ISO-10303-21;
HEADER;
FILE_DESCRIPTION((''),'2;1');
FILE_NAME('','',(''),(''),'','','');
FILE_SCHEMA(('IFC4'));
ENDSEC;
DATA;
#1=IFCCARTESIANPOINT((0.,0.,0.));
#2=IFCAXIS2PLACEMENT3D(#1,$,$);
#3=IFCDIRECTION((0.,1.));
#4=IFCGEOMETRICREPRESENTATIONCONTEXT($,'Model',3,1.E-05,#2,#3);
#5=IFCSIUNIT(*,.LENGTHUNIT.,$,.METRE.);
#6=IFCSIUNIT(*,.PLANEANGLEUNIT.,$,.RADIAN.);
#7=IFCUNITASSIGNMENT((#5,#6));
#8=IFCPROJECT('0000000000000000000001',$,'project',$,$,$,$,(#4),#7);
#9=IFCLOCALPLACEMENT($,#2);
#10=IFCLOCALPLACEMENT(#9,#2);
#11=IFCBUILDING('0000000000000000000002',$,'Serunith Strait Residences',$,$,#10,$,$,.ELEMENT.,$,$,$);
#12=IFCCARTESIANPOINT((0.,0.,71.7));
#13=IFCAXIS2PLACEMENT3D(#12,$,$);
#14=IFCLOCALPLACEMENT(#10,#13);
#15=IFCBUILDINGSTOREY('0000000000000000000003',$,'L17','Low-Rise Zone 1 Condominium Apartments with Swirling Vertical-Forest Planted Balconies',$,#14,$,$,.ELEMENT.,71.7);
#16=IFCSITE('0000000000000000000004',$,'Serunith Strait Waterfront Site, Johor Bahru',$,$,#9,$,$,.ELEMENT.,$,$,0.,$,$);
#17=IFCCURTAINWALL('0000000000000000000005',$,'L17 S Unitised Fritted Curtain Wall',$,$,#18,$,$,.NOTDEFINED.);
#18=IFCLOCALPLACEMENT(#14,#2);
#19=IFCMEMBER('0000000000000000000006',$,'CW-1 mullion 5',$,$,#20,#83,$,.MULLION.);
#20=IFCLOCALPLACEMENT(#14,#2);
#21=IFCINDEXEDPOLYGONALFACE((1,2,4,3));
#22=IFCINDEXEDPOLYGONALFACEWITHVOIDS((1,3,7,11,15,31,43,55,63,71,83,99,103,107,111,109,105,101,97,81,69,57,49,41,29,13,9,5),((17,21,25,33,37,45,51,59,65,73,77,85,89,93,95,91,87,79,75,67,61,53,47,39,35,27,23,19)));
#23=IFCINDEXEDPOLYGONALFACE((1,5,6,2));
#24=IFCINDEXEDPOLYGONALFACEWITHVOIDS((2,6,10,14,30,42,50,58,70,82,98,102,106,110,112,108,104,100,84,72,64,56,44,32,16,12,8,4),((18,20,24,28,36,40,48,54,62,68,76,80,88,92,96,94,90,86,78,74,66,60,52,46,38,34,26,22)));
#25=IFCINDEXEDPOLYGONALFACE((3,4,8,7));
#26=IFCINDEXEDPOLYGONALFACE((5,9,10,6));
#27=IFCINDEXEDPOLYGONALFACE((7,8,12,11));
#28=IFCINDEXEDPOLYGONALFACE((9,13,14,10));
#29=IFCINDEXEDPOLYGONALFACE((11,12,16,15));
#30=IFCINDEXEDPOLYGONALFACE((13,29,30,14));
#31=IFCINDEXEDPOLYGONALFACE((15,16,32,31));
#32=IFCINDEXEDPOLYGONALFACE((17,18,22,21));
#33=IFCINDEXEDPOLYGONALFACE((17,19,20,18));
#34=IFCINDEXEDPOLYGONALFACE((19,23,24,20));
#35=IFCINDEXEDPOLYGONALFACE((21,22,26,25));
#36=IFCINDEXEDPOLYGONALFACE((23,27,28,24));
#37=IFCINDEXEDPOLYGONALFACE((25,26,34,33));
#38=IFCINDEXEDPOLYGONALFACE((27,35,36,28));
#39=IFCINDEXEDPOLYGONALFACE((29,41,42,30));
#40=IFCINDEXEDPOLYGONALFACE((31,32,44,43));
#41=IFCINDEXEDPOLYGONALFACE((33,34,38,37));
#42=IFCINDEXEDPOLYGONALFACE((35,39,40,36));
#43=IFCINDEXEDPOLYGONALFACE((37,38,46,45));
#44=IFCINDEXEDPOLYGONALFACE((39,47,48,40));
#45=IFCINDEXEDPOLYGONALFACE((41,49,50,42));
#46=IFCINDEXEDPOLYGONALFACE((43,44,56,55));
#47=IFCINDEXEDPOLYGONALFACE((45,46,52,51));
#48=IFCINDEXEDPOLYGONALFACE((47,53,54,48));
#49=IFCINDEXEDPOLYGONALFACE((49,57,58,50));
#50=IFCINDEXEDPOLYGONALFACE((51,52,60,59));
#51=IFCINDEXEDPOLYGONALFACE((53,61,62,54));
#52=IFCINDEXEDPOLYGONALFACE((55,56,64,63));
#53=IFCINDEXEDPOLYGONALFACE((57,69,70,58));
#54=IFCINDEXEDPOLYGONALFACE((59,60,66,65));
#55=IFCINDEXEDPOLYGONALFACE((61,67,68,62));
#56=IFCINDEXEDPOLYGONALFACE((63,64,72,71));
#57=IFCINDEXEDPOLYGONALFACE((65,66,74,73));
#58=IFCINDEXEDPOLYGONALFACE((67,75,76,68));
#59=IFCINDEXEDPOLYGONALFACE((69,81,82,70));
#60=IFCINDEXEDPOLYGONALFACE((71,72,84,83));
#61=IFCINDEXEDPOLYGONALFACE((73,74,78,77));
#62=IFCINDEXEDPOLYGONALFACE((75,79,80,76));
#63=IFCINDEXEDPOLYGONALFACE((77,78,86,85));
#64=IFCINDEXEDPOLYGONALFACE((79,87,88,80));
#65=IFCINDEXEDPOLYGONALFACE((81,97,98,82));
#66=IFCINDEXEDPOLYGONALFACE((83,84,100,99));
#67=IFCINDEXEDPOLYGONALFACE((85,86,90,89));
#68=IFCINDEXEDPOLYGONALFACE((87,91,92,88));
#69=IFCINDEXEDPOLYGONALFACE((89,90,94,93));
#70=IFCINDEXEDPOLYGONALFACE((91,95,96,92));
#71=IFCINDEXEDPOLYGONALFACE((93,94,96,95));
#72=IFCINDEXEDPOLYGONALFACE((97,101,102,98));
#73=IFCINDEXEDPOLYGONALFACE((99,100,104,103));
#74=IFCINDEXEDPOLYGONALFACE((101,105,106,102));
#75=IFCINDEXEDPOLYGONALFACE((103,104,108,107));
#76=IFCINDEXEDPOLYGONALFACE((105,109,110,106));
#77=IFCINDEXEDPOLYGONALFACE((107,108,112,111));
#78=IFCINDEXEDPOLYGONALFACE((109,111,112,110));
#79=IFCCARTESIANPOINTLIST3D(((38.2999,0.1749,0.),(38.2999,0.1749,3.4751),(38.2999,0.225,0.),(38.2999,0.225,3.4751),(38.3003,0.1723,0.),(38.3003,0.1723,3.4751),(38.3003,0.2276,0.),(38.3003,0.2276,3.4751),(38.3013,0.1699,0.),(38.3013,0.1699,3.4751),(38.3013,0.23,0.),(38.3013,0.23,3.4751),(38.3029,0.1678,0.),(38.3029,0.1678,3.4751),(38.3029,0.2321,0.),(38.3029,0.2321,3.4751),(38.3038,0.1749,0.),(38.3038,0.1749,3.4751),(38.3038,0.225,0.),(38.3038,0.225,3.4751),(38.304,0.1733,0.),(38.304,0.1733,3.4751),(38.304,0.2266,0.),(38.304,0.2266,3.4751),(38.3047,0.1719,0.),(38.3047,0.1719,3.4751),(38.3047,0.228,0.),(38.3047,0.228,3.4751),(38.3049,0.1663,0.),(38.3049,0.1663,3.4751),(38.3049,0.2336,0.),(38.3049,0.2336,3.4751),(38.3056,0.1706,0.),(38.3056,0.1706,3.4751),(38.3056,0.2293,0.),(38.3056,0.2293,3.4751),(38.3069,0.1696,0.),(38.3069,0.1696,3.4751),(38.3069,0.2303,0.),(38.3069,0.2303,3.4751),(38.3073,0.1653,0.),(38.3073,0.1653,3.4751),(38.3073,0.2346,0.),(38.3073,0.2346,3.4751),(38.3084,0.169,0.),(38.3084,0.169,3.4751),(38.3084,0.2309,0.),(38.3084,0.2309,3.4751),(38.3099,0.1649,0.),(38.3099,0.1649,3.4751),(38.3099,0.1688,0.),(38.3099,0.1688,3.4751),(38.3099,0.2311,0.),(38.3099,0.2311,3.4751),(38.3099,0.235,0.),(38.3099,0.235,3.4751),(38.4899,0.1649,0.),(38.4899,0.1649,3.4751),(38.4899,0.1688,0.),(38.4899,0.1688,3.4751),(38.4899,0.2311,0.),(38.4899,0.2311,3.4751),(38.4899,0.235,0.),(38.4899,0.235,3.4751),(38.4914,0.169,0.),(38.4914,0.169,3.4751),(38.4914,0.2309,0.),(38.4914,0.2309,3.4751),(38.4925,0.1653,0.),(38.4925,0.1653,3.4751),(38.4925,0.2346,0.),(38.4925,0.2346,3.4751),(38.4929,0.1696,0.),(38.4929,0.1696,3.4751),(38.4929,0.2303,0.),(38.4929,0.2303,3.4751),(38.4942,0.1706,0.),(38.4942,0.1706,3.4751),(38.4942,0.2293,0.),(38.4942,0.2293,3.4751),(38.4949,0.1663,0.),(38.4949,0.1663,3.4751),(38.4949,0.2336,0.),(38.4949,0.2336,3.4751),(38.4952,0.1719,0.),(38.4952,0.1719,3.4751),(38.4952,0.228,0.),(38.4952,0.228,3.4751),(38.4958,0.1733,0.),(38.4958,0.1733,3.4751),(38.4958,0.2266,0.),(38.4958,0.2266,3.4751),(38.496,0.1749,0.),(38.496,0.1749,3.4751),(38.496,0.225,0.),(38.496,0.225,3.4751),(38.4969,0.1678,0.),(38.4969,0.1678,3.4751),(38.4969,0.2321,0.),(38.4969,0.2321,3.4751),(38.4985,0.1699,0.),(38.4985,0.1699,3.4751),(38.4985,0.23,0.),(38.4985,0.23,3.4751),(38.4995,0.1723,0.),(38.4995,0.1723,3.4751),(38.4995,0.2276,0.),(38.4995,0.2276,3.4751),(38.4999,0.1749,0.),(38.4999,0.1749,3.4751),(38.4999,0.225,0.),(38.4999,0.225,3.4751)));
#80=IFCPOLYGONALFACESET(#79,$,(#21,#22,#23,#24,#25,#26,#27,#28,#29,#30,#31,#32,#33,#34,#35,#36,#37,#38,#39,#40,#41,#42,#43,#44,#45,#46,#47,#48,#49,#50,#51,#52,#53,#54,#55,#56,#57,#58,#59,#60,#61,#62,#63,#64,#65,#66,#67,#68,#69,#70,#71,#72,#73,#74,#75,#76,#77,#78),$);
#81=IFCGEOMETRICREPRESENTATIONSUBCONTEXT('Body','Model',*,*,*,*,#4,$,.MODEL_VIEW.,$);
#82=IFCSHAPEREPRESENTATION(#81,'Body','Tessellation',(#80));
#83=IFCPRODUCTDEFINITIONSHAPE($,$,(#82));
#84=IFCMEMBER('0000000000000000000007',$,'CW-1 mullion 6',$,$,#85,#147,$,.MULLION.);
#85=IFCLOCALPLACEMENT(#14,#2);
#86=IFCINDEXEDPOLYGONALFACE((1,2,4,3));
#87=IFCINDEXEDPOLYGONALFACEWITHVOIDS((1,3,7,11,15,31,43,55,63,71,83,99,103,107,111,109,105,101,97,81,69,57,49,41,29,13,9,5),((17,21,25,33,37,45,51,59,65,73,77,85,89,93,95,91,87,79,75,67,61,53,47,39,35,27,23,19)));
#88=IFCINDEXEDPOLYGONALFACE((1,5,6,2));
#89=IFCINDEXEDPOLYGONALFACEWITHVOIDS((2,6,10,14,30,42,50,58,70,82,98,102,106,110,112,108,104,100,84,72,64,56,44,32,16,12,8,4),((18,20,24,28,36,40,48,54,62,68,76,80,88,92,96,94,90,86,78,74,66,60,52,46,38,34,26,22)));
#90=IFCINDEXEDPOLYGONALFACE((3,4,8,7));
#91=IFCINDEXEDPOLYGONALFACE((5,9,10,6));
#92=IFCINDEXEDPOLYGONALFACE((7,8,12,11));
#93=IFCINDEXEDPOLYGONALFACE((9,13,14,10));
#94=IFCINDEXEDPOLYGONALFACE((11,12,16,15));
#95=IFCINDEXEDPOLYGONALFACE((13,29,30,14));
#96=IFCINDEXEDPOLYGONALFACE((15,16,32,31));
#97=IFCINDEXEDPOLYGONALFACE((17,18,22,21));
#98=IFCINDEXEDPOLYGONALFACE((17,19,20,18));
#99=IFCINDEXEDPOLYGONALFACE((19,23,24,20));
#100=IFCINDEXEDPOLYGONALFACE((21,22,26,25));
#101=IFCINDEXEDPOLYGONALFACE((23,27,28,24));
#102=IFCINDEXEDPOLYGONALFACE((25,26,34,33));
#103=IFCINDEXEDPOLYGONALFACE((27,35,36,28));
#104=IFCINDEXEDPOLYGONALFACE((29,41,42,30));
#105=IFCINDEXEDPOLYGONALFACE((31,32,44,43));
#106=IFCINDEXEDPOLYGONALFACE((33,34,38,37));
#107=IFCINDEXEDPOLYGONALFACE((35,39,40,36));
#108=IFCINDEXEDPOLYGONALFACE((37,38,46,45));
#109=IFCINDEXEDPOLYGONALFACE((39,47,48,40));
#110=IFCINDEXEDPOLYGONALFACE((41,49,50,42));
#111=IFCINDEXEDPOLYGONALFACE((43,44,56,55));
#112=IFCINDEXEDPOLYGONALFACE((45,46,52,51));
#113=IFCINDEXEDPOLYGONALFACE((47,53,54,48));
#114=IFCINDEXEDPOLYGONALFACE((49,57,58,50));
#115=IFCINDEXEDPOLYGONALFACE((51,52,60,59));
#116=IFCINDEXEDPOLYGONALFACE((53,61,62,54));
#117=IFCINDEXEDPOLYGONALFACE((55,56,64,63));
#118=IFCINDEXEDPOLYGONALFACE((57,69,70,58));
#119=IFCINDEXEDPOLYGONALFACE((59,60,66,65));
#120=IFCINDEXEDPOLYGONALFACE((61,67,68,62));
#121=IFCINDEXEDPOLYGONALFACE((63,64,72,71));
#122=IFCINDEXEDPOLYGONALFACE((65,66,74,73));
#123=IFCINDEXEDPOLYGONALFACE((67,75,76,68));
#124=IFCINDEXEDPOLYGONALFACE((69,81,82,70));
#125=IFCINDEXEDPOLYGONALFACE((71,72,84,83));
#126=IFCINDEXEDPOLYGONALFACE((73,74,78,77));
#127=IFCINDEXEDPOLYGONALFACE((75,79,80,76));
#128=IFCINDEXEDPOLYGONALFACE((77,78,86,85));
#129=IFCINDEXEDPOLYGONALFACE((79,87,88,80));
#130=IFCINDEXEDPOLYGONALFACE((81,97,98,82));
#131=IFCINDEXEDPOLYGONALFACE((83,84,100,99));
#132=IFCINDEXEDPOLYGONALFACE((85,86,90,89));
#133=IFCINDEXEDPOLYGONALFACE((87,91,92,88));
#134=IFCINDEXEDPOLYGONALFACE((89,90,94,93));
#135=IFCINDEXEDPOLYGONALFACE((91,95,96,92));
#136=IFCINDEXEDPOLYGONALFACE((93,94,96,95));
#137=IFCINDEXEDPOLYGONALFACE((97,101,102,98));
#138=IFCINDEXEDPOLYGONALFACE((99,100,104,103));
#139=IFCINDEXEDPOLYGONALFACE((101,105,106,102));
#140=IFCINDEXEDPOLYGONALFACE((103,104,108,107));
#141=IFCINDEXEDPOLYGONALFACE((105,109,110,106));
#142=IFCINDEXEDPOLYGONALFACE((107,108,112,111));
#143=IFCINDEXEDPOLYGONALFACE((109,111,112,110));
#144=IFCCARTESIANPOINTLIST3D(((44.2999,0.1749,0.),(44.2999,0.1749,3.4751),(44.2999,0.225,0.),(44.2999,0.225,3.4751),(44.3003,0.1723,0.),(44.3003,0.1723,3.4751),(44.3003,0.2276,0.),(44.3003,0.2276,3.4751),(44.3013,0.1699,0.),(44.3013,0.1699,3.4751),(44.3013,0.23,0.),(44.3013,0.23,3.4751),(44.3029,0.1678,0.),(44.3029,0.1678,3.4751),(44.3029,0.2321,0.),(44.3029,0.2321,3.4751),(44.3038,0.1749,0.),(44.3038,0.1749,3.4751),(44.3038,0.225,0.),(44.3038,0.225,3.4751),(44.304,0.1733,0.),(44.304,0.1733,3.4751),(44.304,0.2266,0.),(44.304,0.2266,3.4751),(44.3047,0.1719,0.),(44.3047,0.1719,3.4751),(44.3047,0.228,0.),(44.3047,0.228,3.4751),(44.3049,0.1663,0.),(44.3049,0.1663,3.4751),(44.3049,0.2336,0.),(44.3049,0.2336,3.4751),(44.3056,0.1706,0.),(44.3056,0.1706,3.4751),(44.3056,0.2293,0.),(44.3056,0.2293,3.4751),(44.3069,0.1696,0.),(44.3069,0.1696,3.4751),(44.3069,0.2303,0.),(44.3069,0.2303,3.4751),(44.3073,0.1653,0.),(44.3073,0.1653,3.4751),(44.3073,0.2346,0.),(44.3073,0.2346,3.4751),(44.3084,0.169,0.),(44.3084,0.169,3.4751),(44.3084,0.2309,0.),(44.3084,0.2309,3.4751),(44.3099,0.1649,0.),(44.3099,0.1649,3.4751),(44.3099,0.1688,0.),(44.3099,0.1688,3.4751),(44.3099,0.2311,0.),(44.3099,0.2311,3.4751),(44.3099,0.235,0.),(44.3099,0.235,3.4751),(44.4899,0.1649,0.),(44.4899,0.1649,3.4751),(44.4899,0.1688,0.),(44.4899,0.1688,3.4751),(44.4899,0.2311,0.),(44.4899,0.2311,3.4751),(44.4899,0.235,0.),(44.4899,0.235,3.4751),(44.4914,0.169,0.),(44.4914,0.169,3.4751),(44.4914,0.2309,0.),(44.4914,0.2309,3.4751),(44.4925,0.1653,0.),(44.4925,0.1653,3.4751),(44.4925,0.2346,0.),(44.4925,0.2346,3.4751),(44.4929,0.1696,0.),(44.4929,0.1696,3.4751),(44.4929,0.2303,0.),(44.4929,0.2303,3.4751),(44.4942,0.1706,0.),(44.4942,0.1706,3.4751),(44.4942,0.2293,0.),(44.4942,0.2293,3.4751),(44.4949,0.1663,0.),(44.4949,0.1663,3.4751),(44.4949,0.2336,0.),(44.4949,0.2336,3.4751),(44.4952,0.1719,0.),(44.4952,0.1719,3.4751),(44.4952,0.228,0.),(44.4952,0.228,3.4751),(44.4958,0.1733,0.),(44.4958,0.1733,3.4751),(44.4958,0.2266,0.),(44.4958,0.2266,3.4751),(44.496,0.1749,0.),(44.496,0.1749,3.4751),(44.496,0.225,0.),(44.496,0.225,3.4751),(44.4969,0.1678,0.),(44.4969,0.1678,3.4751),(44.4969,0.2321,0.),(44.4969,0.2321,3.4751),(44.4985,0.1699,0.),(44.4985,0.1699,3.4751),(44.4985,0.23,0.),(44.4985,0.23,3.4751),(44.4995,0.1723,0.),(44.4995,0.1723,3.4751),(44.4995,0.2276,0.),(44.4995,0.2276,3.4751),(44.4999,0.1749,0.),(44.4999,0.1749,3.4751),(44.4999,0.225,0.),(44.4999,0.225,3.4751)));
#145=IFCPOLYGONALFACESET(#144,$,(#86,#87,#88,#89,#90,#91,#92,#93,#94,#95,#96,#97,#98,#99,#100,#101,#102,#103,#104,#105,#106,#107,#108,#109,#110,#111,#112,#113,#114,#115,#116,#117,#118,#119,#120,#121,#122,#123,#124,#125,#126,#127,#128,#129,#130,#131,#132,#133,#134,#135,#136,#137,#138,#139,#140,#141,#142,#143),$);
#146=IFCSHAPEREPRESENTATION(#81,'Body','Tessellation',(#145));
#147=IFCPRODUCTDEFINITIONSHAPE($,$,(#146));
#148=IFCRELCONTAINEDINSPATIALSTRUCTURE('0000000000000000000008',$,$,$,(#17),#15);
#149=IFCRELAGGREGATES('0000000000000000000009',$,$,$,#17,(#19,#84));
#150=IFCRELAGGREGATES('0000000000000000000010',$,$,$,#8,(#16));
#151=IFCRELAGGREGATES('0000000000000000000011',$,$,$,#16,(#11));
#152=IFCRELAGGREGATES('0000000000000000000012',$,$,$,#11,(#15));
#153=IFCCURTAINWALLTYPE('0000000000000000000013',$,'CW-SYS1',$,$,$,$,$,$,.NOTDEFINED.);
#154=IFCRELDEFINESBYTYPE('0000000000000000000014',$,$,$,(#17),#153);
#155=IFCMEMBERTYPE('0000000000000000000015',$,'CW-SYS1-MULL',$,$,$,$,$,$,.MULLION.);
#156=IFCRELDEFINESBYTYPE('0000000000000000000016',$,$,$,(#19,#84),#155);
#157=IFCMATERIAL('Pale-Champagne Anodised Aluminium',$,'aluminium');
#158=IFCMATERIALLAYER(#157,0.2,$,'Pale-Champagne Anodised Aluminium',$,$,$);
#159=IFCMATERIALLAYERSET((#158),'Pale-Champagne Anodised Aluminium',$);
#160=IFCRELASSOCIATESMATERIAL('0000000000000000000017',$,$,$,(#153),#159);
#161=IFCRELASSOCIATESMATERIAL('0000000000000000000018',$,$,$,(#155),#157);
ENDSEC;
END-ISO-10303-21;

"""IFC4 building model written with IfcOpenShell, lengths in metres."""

from ifc_helpers import new_model, si_unit, direction, frame, origin, origin_2d, place, context, subcontext, project, spatial, hollow_rectangle, extrude, source, transform, mapped, material, layer, layer_set, material_profile, profile_set, type_object, element, aggregate, save


model = new_model("IFC4")

# Units and contexts
model_context = context("Model", 3, precision=1e-05, world=origin(), true_north=direction((0.0, 1.0)))
body_context = subcontext(model_context, "Body", "Model", "MODEL_VIEW")
ifc_project = project(units=[si_unit("LENGTHUNIT", "METRE"), si_unit("PLANEANGLEUNIT", "RADIAN")], contexts=[model_context])

# Site, building, storey
site_placement = place(None, origin())
site = spatial("IfcSite", under=ifc_project, at=site_placement, Name="Serunith Strait Waterfront Site, Johor Bahru", CompositionType="ELEMENT", RefElevation=0.0)
building_placement = place(site_placement, origin())
building = spatial("IfcBuilding", under=site, at=building_placement, Name="Serunith Strait Residences", CompositionType="ELEMENT")
storey_placement = place(building_placement, frame((0.0, 0.0, 71.7)))
storey = spatial("IfcBuildingStorey", under=building, at=storey_placement, Name="L17", Description="Low-Rise Zone 1 Condominium Apartments with Swirling Vertical-Forest Planted Balconies", CompositionType="ELEMENT", Elevation=71.7)

# Curtain wall, members
ifc_material_1 = material(Name="Pale-Champagne Anodised Aluminium", Category="aluminium")
ifc_layer_1 = layer(ifc_material_1, 0.2, Name="Pale-Champagne Anodised Aluminium")
ifc_layer_set_1 = layer_set([ifc_layer_1], Name="Pale-Champagne Anodised Aluminium")
curtain_wall_type = type_object("IfcCurtainWallType", Name="CW-SYS1", PredefinedType="NOTDEFINED", material=ifc_layer_set_1)
curtain_wall_placement = place(storey_placement, origin())
curtain_wall = element("IfcCurtainWall", 1, at=curtain_wall_placement, inside=storey, type_object=curtain_wall_type, Name="L17 S Unitised Fritted Curtain Wall", PredefinedType="NOTDEFINED")
ifc_material_profile_1 = material_profile(ifc_material_1, hollow_rectangle(XDim=0.0701, YDim=0.2, WallThickness=0.0039, InnerFilletRadius=0.0061, OuterFilletRadius=0.01, at=origin_2d()), Name="ALU 200x70x4")
ifc_profile_set_1 = profile_set([ifc_material_profile_1], Name="Pale-Champagne Anodised Aluminium")
member_type_1 = type_object("IfcMemberType", Name="CW-SYS1-MULL", PredefinedType="MULLION", material=ifc_profile_set_1)
shared_shape_1 = source(origin(), body_context, "Body", "SweptSolid", [
    extrude(hollow_rectangle(XDim=0.0701, YDim=0.2, WallThickness=0.0039, InnerFilletRadius=0.0061, OuterFilletRadius=0.01, at=origin_2d()), origin(), (0.0, 0.0, 1.0), 3.4751),
])
member_1_placement = place(storey_placement, frame((38.3999, 0.2, 0.0), z_axis=(0.0, 0.0, 1.0), x_axis=(0.0, 1.0, 0.0)))
member_1 = element("IfcMember", 2, at=member_1_placement, type_object=member_type_1, Name="CW-1 mullion 5", PredefinedType="MULLION", context=body_context, shape_type="MappedRepresentation", body=[
    mapped(shared_shape_1, transform((0.0, 0.0, 0.0), scale=1.0)),
])
member_2_placement = place(storey_placement, frame((44.3999, 0.2, 0.0), z_axis=(0.0, 0.0, 1.0), x_axis=(0.0, 1.0, 0.0)))
member_2 = element("IfcMember", 3, at=member_2_placement, type_object=member_type_1, Name="CW-1 mullion 6", PredefinedType="MULLION", context=body_context, shape_type="MappedRepresentation", body=[
    mapped(shared_shape_1, transform((0.0, 0.0, 0.0), scale=1.0)),
])
aggregate(curtain_wall, [member_1, member_2])

save(model, "model.ifc")
